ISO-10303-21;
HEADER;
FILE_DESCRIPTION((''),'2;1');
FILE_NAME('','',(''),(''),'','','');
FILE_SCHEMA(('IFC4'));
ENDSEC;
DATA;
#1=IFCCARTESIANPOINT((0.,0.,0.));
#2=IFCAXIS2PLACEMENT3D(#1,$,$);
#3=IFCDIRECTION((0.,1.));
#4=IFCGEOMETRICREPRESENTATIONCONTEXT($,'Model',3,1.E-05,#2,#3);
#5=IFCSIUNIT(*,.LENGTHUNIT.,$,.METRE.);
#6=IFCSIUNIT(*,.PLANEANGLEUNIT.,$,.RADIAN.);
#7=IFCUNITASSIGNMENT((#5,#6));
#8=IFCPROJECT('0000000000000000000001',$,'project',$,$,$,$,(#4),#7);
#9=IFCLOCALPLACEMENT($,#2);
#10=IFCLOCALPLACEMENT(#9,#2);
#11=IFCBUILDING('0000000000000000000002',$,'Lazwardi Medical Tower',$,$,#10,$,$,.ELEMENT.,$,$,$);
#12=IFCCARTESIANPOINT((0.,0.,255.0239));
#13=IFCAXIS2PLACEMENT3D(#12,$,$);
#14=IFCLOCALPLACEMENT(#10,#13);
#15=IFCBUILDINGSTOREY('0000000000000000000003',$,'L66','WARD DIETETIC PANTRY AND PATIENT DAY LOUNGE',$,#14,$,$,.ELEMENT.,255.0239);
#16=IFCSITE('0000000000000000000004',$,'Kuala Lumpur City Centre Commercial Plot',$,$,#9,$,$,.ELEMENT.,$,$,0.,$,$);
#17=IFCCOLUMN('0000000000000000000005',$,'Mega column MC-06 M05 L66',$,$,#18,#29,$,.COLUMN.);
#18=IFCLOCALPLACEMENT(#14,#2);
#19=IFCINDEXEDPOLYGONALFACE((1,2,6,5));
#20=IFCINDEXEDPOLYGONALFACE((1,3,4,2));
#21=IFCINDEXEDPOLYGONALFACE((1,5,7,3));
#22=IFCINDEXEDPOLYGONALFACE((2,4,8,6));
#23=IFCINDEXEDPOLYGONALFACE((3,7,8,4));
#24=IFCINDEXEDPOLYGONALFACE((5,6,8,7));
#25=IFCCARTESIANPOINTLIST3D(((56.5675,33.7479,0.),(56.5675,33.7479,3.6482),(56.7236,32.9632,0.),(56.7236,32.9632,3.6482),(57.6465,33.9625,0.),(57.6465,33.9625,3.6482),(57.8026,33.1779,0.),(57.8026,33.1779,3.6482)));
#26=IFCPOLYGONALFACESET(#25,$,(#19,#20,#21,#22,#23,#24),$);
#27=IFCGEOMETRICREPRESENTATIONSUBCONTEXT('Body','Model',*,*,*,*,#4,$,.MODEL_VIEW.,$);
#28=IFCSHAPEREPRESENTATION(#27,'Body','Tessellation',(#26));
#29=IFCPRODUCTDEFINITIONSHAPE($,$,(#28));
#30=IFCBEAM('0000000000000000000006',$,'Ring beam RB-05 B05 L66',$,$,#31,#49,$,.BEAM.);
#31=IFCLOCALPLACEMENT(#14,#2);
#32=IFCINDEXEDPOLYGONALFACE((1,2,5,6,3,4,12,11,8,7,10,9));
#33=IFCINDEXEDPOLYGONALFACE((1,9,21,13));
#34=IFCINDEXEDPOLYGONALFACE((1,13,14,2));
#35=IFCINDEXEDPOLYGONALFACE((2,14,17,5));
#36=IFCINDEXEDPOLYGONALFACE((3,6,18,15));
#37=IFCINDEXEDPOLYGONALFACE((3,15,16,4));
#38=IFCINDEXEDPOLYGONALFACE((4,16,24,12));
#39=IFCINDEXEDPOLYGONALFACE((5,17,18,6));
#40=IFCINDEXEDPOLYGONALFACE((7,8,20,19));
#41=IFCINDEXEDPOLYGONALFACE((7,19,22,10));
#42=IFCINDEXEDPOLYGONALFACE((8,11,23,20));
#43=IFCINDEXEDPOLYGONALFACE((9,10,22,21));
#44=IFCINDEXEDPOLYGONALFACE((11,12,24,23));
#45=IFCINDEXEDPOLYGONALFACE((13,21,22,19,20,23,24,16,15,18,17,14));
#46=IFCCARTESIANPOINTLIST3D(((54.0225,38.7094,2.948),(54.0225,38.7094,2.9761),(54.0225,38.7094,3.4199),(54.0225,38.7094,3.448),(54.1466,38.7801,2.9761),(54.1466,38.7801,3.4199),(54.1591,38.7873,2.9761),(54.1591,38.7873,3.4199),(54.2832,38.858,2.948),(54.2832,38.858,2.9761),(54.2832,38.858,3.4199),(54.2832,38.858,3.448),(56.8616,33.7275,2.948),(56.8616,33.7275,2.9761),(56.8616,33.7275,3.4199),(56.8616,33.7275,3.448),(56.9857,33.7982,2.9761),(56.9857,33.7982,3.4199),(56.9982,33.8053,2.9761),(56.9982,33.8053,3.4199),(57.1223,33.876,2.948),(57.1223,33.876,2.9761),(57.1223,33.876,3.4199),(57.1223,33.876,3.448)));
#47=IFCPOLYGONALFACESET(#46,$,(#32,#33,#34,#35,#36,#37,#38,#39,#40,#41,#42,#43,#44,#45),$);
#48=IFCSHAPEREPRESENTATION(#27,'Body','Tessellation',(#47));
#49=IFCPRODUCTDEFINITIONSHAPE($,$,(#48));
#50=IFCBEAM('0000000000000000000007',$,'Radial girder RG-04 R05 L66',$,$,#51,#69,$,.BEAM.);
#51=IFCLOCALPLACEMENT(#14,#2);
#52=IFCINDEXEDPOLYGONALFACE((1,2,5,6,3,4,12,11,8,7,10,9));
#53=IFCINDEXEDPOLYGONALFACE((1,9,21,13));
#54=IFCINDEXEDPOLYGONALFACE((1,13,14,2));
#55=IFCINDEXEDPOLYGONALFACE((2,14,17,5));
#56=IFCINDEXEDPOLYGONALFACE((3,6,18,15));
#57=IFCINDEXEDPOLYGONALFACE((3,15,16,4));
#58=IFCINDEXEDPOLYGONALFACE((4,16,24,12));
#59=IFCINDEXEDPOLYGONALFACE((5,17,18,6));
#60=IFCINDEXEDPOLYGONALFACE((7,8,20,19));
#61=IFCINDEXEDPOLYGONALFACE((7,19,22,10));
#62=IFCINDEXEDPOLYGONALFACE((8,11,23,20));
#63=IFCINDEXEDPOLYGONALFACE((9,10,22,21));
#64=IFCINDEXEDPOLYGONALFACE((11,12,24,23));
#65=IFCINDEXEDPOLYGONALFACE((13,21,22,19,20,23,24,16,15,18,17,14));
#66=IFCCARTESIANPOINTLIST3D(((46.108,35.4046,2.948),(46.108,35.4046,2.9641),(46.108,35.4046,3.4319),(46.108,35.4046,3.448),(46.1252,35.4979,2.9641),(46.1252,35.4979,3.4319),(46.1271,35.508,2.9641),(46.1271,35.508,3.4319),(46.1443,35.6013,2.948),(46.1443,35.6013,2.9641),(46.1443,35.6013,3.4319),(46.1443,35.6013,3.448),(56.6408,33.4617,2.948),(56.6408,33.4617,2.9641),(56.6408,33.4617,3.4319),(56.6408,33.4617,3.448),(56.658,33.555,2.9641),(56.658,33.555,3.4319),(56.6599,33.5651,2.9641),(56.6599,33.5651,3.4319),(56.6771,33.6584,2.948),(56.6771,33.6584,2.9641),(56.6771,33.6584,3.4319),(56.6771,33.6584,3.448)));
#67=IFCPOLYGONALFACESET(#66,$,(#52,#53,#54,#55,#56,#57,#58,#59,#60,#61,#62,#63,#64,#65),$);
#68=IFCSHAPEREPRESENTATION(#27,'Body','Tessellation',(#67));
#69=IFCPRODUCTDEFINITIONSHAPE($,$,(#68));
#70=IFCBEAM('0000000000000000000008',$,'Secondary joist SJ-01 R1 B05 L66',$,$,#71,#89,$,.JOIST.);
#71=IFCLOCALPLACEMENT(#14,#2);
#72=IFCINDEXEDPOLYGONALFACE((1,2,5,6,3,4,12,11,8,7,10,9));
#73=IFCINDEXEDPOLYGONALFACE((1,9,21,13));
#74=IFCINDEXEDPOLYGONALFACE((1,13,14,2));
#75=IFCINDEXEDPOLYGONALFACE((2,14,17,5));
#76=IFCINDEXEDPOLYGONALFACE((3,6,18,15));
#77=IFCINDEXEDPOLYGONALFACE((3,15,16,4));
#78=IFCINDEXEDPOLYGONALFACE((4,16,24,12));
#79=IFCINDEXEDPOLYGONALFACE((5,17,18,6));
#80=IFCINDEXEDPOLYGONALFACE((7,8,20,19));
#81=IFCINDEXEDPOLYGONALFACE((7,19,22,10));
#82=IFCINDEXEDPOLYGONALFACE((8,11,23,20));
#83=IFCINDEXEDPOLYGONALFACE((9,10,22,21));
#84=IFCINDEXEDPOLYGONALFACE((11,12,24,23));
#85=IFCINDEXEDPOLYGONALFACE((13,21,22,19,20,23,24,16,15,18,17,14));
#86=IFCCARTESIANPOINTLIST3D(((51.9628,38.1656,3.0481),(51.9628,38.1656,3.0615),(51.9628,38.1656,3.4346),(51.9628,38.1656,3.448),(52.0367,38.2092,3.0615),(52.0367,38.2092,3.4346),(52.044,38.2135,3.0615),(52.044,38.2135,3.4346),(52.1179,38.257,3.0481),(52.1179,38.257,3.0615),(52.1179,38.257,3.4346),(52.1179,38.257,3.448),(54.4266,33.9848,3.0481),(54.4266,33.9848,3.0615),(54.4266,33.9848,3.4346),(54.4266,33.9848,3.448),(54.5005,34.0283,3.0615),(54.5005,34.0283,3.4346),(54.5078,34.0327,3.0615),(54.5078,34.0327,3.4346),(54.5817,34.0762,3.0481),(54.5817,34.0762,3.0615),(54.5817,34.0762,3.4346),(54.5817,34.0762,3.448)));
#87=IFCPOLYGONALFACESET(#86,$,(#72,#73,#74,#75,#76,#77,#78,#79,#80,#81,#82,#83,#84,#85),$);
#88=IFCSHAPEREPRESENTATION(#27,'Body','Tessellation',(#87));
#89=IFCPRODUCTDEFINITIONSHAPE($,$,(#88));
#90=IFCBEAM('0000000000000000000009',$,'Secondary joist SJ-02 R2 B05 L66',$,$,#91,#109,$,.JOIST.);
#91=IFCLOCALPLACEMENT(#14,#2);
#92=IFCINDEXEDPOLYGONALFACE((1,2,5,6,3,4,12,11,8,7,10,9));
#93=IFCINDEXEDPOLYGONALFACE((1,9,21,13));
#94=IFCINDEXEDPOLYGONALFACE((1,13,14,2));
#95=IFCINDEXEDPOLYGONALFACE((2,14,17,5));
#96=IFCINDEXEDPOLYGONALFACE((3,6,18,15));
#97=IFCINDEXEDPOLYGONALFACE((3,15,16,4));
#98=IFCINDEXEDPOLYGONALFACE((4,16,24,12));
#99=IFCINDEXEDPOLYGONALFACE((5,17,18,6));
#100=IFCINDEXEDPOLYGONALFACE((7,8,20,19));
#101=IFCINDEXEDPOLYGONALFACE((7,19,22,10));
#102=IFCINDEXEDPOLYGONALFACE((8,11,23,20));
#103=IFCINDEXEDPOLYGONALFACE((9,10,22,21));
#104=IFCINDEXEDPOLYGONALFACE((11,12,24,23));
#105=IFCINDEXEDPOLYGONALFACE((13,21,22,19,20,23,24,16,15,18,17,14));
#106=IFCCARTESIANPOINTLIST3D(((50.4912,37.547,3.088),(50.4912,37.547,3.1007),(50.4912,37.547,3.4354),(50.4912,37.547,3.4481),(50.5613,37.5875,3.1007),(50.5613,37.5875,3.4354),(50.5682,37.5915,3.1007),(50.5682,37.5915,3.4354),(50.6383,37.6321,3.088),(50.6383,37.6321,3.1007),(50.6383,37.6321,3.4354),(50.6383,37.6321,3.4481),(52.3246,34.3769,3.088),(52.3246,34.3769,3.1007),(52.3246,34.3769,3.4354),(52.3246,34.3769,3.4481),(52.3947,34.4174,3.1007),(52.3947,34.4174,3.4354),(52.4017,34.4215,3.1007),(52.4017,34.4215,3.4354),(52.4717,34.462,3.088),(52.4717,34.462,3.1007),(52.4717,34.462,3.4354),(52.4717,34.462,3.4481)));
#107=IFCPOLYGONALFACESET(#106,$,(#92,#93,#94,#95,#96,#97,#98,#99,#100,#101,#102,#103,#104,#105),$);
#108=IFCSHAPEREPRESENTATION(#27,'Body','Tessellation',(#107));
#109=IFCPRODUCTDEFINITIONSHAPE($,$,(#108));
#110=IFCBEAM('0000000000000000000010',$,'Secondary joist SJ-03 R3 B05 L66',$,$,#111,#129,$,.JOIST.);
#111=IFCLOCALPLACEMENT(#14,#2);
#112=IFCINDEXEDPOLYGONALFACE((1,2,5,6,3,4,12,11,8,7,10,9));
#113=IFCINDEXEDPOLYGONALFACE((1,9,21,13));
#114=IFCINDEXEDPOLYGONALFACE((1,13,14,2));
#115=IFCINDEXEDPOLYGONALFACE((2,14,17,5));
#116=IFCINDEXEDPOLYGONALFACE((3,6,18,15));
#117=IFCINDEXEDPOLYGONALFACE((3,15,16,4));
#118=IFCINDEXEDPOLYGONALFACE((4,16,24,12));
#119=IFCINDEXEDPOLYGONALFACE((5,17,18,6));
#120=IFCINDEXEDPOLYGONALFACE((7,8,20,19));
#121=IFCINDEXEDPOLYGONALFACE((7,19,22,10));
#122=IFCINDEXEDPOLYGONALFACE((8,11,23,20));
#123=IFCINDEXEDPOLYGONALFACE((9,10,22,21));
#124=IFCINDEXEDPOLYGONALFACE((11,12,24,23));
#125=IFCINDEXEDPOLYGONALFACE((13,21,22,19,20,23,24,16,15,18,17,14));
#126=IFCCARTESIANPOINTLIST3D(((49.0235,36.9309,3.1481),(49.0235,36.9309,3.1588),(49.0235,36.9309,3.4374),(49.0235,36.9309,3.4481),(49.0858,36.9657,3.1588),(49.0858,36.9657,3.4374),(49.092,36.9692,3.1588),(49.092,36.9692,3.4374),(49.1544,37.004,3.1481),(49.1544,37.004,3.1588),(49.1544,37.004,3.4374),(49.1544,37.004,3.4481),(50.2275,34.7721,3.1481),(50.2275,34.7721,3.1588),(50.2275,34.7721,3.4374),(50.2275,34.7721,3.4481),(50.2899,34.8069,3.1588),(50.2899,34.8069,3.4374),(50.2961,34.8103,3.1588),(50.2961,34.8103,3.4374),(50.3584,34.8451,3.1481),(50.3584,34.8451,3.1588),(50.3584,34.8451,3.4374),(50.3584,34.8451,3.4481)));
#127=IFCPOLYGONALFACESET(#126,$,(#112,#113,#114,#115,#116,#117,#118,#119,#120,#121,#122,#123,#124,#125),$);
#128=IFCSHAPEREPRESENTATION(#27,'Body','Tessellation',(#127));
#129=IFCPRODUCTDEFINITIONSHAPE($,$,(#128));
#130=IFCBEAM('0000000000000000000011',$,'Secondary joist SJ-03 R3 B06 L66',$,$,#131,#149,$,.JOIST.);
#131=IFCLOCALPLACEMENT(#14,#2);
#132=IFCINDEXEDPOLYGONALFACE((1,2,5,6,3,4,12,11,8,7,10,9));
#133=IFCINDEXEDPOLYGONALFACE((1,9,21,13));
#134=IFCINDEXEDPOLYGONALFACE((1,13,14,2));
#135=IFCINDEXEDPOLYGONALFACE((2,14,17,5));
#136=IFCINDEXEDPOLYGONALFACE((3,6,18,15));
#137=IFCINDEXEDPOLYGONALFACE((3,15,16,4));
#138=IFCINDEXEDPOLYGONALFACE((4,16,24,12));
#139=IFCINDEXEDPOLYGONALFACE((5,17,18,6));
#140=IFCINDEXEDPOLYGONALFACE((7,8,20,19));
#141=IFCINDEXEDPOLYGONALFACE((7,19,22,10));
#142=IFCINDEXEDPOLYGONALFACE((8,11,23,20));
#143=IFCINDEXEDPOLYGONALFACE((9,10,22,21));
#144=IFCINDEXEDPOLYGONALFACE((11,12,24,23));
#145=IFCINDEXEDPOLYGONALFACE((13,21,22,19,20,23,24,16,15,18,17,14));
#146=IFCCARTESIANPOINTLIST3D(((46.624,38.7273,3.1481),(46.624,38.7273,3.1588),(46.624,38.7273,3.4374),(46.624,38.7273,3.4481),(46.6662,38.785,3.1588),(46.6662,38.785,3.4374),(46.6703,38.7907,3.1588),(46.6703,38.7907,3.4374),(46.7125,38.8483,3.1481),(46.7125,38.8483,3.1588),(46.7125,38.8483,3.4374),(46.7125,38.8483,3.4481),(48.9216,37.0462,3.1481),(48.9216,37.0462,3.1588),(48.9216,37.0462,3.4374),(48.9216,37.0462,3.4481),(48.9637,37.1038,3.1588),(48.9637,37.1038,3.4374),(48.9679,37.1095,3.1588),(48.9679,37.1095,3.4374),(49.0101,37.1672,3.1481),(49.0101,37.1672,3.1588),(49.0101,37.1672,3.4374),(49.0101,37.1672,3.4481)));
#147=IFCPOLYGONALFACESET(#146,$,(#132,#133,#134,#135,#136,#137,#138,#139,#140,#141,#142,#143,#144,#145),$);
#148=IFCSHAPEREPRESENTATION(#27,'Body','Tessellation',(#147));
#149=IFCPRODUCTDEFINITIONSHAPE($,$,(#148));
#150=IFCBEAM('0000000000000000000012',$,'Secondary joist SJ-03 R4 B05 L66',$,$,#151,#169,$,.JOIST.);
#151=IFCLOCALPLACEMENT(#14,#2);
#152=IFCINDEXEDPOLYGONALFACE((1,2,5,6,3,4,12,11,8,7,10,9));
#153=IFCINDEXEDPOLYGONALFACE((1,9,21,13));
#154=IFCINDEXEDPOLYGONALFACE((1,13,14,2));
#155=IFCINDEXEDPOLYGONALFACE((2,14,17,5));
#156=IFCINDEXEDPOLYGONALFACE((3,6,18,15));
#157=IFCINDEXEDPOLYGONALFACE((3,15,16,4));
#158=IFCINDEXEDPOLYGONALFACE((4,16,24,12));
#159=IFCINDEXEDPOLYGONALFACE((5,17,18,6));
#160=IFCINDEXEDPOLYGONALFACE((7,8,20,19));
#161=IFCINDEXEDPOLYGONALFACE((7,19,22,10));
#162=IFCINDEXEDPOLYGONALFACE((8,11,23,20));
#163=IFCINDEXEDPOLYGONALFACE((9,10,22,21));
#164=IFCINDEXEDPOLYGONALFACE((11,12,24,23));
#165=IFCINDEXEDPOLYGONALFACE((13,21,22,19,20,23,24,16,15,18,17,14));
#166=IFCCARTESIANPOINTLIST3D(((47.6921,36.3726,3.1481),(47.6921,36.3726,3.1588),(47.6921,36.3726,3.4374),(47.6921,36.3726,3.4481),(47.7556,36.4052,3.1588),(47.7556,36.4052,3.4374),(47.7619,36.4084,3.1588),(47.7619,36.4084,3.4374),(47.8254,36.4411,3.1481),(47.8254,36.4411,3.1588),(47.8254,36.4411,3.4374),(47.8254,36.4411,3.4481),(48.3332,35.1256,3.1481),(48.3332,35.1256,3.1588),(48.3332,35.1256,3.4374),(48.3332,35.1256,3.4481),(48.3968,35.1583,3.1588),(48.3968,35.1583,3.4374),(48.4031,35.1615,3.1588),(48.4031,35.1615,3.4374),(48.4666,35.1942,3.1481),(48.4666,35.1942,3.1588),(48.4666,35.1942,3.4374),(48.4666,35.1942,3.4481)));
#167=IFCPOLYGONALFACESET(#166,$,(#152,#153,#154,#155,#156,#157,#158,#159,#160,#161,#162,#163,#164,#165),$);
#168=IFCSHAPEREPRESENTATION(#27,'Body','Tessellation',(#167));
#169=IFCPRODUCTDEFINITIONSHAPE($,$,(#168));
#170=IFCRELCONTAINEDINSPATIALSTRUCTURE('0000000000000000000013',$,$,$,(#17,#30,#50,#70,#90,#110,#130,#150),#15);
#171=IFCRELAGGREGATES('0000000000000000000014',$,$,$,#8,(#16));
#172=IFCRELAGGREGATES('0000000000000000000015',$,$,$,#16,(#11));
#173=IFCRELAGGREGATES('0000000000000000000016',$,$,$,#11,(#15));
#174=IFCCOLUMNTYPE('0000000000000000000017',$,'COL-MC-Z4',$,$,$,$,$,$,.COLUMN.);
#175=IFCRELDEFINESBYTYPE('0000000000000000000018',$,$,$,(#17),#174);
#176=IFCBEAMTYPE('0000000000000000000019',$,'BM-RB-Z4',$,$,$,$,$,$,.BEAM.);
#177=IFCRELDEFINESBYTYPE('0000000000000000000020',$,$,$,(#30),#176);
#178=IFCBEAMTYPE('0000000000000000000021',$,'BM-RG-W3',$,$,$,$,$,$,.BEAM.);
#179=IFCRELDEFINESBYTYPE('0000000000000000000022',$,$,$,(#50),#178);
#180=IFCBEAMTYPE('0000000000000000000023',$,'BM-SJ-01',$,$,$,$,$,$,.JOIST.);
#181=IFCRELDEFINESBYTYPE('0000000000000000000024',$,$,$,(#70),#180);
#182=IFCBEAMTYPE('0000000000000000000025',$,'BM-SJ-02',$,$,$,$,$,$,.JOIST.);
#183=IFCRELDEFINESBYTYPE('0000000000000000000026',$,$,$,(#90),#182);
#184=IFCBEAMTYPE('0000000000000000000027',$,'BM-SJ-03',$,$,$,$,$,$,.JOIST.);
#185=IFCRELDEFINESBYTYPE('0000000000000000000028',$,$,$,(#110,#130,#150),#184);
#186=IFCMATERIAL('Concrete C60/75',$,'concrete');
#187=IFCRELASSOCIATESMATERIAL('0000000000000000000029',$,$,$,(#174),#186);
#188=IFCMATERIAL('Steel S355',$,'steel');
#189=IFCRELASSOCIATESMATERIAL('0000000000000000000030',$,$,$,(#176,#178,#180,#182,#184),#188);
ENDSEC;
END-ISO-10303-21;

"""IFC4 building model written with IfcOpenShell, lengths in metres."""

from ifc_helpers import new_model, si_unit, direction, frame, origin, origin_2d, place, context, subcontext, project, spatial, rectangle, i_section, extrude, material, material_profile, profile_set, type_object, element, save


model = new_model("IFC4")

# Units and contexts
model_context = context("Model", 3, precision=1e-05, world=origin(), true_north=direction((0.0, 1.0)))
body_context = subcontext(model_context, "Body", "Model", "MODEL_VIEW")
ifc_project = project(units=[si_unit("LENGTHUNIT", "METRE"), si_unit("PLANEANGLEUNIT", "RADIAN")], contexts=[model_context])

# Site, building, storey
site_placement = place(None, origin())
site = spatial("IfcSite", under=ifc_project, at=site_placement, Name="Kuala Lumpur City Centre Commercial Plot", CompositionType="ELEMENT", RefElevation=0.0)
building_placement = place(site_placement, origin())
building = spatial("IfcBuilding", under=site, at=building_placement, Name="Lazwardi Medical Tower", CompositionType="ELEMENT")
storey_placement = place(building_placement, frame((0.0, 0.0, 255.0239)))
storey = spatial("IfcBuildingStorey", under=building, at=storey_placement, Name="L66", Description="WARD DIETETIC PANTRY AND PATIENT DAY LOUNGE", CompositionType="ELEMENT", Elevation=255.0239)

# Column
ifc_material_1 = material(Name="Concrete C60/75", Category="concrete")
ifc_material_profile_1 = material_profile(ifc_material_1, rectangle(XDim=1.1001, YDim=0.8, at=origin_2d()), Name="CFT-RECT 1100x800")
ifc_profile_set_1 = profile_set([ifc_material_profile_1], Name="Concrete C60/75")
column_type = type_object("IfcColumnType", Name="COL-MC-Z4", PredefinedType="COLUMN", material=ifc_profile_set_1)
column_placement = place(storey_placement, frame((57.1851, 33.4629, 0.0), z_axis=(0.0, 0.0, 1.0), x_axis=(0.980785, 0.19509, 0.0)))
element("IfcColumn", 1, at=column_placement, inside=storey, type_object=column_type, Name="Mega column MC-06 M05 L66", PredefinedType="COLUMN", context=body_context, shape_type="SweptSolid", body=[
    extrude(rectangle(XDim=1.1001, YDim=0.8, at=origin_2d()), origin(), (0.0, 0.0, 1.0), 3.6482),
])

# Beams
ifc_material_2 = material(Name="Steel S355", Category="steel")
ifc_material_profile_2 = material_profile(ifc_material_2, i_section(OverallWidth=0.3, OverallDepth=0.5, WebThickness=0.0144, FlangeThickness=0.0281, at=origin_2d()), Name="HEB 500")
ifc_profile_set_2 = profile_set([ifc_material_profile_2], Name="Steel S355")
beam_type_1 = type_object("IfcBeamType", Name="BM-RB-Z4", PredefinedType="BEAM", material=ifc_profile_set_2)
beam_1_placement = place(storey_placement, frame((56.9919, 33.8018, 3.198), z_axis=(-0.495125, 0.868822, 0.0), x_axis=(-0.868822, -0.495125, 0.0)))
element("IfcBeam", 2, at=beam_1_placement, inside=storey, type_object=beam_type_1, Name="Ring beam RB-05 B05 L66", PredefinedType="BEAM", context=body_context, shape_type="SweptSolid", body=[
    extrude(i_section(OverallWidth=0.3, OverallDepth=0.5, WebThickness=0.0144, FlangeThickness=0.0281, at=origin_2d()), origin(), (0.0, 0.0, 1.0), 5.7341),
])
ifc_material_profile_3 = material_profile(ifc_material_2, i_section(OverallWidth=0.2, OverallDepth=0.5, WebThickness=0.0103, FlangeThickness=0.0161, at=origin_2d()), Name="IPE 500")
ifc_profile_set_3 = profile_set([ifc_material_profile_3], Name="Steel S355")
beam_type_2 = type_object("IfcBeamType", Name="BM-RG-W3", PredefinedType="BEAM", material=ifc_profile_set_3)
beam_2_placement = place(storey_placement, frame((56.6589, 33.5601, 3.198), z_axis=(-0.983409, 0.1814, 0.0), x_axis=(-0.1814, -0.983409, 0.0)))
element("IfcBeam", 3, at=beam_2_placement, inside=storey, type_object=beam_type_2, Name="Radial girder RG-04 R05 L66", PredefinedType="BEAM", context=body_context, shape_type="SweptSolid", body=[
    extrude(i_section(OverallWidth=0.2, OverallDepth=0.5, WebThickness=0.0103, FlangeThickness=0.0161, at=origin_2d()), origin(), (0.0, 0.0, 1.0), 10.7104),
])
ifc_material_profile_4 = material_profile(ifc_material_2, i_section(OverallWidth=0.1799, OverallDepth=0.3999, WebThickness=0.0085, FlangeThickness=0.0134, at=origin_2d()), Name="IPE 400")
ifc_profile_set_4 = profile_set([ifc_material_profile_4], Name="Steel S355")
beam_type_3 = type_object("IfcBeamType", Name="BM-SJ-01", PredefinedType="JOIST", material=ifc_profile_set_4)
beam_3_placement = place(storey_placement, frame((54.5042, 34.0305, 3.248), z_axis=(-0.50771, 0.861528, 0.0), x_axis=(-0.861528, -0.50771, 0.0)))
element("IfcBeam", 4, at=beam_3_placement, inside=storey, type_object=beam_type_3, Name="Secondary joist SJ-01 R1 B05 L66", PredefinedType="JOIST", context=body_context, shape_type="SweptSolid", body=[
    extrude(i_section(OverallWidth=0.1799, OverallDepth=0.3999, WebThickness=0.0085, FlangeThickness=0.0134, at=origin_2d()), origin(), (0.0, 0.0, 1.0), 4.8528),
])
ifc_material_profile_5 = material_profile(ifc_material_2, i_section(OverallWidth=0.1699, OverallDepth=0.3601, WebThickness=0.0081, FlangeThickness=0.0127, at=origin_2d()), Name="IPE 360")
ifc_profile_set_5 = profile_set([ifc_material_profile_5], Name="Steel S355")
beam_type_4 = type_object("IfcBeamType", Name="BM-SJ-02", PredefinedType="JOIST", material=ifc_profile_set_5)
beam_4_placement = place(storey_placement, frame((52.3982, 34.4194, 3.2681), z_axis=(-0.500655, 0.865647, 0.0), x_axis=(-0.865647, -0.500655, 0.0)))
element("IfcBeam", 5, at=beam_4_placement, inside=storey, type_object=beam_type_4, Name="Secondary joist SJ-02 R2 B05 L66", PredefinedType="JOIST", context=body_context, shape_type="SweptSolid", body=[
    extrude(i_section(OverallWidth=0.1699, OverallDepth=0.3601, WebThickness=0.0081, FlangeThickness=0.0127, at=origin_2d()), origin(), (0.0, 0.0, 1.0), 3.6621),
])
ifc_material_profile_6 = material_profile(ifc_material_2, i_section(OverallWidth=0.1499, OverallDepth=0.3, WebThickness=0.0071, FlangeThickness=0.0107, at=origin_2d()), Name="IPE 300")
ifc_profile_set_6 = profile_set([ifc_material_profile_6], Name="Steel S355")
beam_type_5 = type_object("IfcBeamType", Name="BM-SJ-03", PredefinedType="JOIST", material=ifc_profile_set_6)
beam_5_placement = place(storey_placement, frame((50.293, 34.8086, 3.2981), z_axis=(-0.487093, 0.87335, 0.0), x_axis=(-0.87335, -0.487093, 0.0)))
element("IfcBeam", 6, at=beam_5_placement, inside=storey, type_object=beam_type_5, Name="Secondary joist SJ-03 R3 B05 L66", PredefinedType="JOIST", context=body_context, shape_type="SweptSolid", body=[
    extrude(i_section(OverallWidth=0.1499, OverallDepth=0.3, WebThickness=0.0071, FlangeThickness=0.0107, at=origin_2d()), origin(), (0.0, 0.0, 1.0), 2.4719),
])
beam_6_placement = place(storey_placement, frame((48.9658, 37.1067, 3.2981), z_axis=(-0.807034, 0.590505, 0.0), x_axis=(-0.590505, -0.807034, 0.0)))
element("IfcBeam", 7, at=beam_6_placement, inside=storey, type_object=beam_type_5, Name="Secondary joist SJ-03 R3 B06 L66", PredefinedType="JOIST", context=body_context, shape_type="SweptSolid", body=[
    extrude(i_section(OverallWidth=0.1499, OverallDepth=0.3, WebThickness=0.0071, FlangeThickness=0.0107, at=origin_2d()), origin(), (0.0, 0.0, 1.0), 2.8469),
])
beam_7_placement = place(storey_placement, frame((48.3999, 35.1599, 3.2981), z_axis=(-0.457285, 0.88932, 0.0), x_axis=(-0.88932, -0.457285, 0.0)))
element("IfcBeam", 8, at=beam_7_placement, inside=storey, type_object=beam_type_5, Name="Secondary joist SJ-03 R4 B05 L66", PredefinedType="JOIST", context=body_context, shape_type="SweptSolid", body=[
    extrude(i_section(OverallWidth=0.1499, OverallDepth=0.3, WebThickness=0.0071, FlangeThickness=0.0107, at=origin_2d()), origin(), (0.0, 0.0, 1.0), 1.4021),
])

save(model, "model.ifc")
